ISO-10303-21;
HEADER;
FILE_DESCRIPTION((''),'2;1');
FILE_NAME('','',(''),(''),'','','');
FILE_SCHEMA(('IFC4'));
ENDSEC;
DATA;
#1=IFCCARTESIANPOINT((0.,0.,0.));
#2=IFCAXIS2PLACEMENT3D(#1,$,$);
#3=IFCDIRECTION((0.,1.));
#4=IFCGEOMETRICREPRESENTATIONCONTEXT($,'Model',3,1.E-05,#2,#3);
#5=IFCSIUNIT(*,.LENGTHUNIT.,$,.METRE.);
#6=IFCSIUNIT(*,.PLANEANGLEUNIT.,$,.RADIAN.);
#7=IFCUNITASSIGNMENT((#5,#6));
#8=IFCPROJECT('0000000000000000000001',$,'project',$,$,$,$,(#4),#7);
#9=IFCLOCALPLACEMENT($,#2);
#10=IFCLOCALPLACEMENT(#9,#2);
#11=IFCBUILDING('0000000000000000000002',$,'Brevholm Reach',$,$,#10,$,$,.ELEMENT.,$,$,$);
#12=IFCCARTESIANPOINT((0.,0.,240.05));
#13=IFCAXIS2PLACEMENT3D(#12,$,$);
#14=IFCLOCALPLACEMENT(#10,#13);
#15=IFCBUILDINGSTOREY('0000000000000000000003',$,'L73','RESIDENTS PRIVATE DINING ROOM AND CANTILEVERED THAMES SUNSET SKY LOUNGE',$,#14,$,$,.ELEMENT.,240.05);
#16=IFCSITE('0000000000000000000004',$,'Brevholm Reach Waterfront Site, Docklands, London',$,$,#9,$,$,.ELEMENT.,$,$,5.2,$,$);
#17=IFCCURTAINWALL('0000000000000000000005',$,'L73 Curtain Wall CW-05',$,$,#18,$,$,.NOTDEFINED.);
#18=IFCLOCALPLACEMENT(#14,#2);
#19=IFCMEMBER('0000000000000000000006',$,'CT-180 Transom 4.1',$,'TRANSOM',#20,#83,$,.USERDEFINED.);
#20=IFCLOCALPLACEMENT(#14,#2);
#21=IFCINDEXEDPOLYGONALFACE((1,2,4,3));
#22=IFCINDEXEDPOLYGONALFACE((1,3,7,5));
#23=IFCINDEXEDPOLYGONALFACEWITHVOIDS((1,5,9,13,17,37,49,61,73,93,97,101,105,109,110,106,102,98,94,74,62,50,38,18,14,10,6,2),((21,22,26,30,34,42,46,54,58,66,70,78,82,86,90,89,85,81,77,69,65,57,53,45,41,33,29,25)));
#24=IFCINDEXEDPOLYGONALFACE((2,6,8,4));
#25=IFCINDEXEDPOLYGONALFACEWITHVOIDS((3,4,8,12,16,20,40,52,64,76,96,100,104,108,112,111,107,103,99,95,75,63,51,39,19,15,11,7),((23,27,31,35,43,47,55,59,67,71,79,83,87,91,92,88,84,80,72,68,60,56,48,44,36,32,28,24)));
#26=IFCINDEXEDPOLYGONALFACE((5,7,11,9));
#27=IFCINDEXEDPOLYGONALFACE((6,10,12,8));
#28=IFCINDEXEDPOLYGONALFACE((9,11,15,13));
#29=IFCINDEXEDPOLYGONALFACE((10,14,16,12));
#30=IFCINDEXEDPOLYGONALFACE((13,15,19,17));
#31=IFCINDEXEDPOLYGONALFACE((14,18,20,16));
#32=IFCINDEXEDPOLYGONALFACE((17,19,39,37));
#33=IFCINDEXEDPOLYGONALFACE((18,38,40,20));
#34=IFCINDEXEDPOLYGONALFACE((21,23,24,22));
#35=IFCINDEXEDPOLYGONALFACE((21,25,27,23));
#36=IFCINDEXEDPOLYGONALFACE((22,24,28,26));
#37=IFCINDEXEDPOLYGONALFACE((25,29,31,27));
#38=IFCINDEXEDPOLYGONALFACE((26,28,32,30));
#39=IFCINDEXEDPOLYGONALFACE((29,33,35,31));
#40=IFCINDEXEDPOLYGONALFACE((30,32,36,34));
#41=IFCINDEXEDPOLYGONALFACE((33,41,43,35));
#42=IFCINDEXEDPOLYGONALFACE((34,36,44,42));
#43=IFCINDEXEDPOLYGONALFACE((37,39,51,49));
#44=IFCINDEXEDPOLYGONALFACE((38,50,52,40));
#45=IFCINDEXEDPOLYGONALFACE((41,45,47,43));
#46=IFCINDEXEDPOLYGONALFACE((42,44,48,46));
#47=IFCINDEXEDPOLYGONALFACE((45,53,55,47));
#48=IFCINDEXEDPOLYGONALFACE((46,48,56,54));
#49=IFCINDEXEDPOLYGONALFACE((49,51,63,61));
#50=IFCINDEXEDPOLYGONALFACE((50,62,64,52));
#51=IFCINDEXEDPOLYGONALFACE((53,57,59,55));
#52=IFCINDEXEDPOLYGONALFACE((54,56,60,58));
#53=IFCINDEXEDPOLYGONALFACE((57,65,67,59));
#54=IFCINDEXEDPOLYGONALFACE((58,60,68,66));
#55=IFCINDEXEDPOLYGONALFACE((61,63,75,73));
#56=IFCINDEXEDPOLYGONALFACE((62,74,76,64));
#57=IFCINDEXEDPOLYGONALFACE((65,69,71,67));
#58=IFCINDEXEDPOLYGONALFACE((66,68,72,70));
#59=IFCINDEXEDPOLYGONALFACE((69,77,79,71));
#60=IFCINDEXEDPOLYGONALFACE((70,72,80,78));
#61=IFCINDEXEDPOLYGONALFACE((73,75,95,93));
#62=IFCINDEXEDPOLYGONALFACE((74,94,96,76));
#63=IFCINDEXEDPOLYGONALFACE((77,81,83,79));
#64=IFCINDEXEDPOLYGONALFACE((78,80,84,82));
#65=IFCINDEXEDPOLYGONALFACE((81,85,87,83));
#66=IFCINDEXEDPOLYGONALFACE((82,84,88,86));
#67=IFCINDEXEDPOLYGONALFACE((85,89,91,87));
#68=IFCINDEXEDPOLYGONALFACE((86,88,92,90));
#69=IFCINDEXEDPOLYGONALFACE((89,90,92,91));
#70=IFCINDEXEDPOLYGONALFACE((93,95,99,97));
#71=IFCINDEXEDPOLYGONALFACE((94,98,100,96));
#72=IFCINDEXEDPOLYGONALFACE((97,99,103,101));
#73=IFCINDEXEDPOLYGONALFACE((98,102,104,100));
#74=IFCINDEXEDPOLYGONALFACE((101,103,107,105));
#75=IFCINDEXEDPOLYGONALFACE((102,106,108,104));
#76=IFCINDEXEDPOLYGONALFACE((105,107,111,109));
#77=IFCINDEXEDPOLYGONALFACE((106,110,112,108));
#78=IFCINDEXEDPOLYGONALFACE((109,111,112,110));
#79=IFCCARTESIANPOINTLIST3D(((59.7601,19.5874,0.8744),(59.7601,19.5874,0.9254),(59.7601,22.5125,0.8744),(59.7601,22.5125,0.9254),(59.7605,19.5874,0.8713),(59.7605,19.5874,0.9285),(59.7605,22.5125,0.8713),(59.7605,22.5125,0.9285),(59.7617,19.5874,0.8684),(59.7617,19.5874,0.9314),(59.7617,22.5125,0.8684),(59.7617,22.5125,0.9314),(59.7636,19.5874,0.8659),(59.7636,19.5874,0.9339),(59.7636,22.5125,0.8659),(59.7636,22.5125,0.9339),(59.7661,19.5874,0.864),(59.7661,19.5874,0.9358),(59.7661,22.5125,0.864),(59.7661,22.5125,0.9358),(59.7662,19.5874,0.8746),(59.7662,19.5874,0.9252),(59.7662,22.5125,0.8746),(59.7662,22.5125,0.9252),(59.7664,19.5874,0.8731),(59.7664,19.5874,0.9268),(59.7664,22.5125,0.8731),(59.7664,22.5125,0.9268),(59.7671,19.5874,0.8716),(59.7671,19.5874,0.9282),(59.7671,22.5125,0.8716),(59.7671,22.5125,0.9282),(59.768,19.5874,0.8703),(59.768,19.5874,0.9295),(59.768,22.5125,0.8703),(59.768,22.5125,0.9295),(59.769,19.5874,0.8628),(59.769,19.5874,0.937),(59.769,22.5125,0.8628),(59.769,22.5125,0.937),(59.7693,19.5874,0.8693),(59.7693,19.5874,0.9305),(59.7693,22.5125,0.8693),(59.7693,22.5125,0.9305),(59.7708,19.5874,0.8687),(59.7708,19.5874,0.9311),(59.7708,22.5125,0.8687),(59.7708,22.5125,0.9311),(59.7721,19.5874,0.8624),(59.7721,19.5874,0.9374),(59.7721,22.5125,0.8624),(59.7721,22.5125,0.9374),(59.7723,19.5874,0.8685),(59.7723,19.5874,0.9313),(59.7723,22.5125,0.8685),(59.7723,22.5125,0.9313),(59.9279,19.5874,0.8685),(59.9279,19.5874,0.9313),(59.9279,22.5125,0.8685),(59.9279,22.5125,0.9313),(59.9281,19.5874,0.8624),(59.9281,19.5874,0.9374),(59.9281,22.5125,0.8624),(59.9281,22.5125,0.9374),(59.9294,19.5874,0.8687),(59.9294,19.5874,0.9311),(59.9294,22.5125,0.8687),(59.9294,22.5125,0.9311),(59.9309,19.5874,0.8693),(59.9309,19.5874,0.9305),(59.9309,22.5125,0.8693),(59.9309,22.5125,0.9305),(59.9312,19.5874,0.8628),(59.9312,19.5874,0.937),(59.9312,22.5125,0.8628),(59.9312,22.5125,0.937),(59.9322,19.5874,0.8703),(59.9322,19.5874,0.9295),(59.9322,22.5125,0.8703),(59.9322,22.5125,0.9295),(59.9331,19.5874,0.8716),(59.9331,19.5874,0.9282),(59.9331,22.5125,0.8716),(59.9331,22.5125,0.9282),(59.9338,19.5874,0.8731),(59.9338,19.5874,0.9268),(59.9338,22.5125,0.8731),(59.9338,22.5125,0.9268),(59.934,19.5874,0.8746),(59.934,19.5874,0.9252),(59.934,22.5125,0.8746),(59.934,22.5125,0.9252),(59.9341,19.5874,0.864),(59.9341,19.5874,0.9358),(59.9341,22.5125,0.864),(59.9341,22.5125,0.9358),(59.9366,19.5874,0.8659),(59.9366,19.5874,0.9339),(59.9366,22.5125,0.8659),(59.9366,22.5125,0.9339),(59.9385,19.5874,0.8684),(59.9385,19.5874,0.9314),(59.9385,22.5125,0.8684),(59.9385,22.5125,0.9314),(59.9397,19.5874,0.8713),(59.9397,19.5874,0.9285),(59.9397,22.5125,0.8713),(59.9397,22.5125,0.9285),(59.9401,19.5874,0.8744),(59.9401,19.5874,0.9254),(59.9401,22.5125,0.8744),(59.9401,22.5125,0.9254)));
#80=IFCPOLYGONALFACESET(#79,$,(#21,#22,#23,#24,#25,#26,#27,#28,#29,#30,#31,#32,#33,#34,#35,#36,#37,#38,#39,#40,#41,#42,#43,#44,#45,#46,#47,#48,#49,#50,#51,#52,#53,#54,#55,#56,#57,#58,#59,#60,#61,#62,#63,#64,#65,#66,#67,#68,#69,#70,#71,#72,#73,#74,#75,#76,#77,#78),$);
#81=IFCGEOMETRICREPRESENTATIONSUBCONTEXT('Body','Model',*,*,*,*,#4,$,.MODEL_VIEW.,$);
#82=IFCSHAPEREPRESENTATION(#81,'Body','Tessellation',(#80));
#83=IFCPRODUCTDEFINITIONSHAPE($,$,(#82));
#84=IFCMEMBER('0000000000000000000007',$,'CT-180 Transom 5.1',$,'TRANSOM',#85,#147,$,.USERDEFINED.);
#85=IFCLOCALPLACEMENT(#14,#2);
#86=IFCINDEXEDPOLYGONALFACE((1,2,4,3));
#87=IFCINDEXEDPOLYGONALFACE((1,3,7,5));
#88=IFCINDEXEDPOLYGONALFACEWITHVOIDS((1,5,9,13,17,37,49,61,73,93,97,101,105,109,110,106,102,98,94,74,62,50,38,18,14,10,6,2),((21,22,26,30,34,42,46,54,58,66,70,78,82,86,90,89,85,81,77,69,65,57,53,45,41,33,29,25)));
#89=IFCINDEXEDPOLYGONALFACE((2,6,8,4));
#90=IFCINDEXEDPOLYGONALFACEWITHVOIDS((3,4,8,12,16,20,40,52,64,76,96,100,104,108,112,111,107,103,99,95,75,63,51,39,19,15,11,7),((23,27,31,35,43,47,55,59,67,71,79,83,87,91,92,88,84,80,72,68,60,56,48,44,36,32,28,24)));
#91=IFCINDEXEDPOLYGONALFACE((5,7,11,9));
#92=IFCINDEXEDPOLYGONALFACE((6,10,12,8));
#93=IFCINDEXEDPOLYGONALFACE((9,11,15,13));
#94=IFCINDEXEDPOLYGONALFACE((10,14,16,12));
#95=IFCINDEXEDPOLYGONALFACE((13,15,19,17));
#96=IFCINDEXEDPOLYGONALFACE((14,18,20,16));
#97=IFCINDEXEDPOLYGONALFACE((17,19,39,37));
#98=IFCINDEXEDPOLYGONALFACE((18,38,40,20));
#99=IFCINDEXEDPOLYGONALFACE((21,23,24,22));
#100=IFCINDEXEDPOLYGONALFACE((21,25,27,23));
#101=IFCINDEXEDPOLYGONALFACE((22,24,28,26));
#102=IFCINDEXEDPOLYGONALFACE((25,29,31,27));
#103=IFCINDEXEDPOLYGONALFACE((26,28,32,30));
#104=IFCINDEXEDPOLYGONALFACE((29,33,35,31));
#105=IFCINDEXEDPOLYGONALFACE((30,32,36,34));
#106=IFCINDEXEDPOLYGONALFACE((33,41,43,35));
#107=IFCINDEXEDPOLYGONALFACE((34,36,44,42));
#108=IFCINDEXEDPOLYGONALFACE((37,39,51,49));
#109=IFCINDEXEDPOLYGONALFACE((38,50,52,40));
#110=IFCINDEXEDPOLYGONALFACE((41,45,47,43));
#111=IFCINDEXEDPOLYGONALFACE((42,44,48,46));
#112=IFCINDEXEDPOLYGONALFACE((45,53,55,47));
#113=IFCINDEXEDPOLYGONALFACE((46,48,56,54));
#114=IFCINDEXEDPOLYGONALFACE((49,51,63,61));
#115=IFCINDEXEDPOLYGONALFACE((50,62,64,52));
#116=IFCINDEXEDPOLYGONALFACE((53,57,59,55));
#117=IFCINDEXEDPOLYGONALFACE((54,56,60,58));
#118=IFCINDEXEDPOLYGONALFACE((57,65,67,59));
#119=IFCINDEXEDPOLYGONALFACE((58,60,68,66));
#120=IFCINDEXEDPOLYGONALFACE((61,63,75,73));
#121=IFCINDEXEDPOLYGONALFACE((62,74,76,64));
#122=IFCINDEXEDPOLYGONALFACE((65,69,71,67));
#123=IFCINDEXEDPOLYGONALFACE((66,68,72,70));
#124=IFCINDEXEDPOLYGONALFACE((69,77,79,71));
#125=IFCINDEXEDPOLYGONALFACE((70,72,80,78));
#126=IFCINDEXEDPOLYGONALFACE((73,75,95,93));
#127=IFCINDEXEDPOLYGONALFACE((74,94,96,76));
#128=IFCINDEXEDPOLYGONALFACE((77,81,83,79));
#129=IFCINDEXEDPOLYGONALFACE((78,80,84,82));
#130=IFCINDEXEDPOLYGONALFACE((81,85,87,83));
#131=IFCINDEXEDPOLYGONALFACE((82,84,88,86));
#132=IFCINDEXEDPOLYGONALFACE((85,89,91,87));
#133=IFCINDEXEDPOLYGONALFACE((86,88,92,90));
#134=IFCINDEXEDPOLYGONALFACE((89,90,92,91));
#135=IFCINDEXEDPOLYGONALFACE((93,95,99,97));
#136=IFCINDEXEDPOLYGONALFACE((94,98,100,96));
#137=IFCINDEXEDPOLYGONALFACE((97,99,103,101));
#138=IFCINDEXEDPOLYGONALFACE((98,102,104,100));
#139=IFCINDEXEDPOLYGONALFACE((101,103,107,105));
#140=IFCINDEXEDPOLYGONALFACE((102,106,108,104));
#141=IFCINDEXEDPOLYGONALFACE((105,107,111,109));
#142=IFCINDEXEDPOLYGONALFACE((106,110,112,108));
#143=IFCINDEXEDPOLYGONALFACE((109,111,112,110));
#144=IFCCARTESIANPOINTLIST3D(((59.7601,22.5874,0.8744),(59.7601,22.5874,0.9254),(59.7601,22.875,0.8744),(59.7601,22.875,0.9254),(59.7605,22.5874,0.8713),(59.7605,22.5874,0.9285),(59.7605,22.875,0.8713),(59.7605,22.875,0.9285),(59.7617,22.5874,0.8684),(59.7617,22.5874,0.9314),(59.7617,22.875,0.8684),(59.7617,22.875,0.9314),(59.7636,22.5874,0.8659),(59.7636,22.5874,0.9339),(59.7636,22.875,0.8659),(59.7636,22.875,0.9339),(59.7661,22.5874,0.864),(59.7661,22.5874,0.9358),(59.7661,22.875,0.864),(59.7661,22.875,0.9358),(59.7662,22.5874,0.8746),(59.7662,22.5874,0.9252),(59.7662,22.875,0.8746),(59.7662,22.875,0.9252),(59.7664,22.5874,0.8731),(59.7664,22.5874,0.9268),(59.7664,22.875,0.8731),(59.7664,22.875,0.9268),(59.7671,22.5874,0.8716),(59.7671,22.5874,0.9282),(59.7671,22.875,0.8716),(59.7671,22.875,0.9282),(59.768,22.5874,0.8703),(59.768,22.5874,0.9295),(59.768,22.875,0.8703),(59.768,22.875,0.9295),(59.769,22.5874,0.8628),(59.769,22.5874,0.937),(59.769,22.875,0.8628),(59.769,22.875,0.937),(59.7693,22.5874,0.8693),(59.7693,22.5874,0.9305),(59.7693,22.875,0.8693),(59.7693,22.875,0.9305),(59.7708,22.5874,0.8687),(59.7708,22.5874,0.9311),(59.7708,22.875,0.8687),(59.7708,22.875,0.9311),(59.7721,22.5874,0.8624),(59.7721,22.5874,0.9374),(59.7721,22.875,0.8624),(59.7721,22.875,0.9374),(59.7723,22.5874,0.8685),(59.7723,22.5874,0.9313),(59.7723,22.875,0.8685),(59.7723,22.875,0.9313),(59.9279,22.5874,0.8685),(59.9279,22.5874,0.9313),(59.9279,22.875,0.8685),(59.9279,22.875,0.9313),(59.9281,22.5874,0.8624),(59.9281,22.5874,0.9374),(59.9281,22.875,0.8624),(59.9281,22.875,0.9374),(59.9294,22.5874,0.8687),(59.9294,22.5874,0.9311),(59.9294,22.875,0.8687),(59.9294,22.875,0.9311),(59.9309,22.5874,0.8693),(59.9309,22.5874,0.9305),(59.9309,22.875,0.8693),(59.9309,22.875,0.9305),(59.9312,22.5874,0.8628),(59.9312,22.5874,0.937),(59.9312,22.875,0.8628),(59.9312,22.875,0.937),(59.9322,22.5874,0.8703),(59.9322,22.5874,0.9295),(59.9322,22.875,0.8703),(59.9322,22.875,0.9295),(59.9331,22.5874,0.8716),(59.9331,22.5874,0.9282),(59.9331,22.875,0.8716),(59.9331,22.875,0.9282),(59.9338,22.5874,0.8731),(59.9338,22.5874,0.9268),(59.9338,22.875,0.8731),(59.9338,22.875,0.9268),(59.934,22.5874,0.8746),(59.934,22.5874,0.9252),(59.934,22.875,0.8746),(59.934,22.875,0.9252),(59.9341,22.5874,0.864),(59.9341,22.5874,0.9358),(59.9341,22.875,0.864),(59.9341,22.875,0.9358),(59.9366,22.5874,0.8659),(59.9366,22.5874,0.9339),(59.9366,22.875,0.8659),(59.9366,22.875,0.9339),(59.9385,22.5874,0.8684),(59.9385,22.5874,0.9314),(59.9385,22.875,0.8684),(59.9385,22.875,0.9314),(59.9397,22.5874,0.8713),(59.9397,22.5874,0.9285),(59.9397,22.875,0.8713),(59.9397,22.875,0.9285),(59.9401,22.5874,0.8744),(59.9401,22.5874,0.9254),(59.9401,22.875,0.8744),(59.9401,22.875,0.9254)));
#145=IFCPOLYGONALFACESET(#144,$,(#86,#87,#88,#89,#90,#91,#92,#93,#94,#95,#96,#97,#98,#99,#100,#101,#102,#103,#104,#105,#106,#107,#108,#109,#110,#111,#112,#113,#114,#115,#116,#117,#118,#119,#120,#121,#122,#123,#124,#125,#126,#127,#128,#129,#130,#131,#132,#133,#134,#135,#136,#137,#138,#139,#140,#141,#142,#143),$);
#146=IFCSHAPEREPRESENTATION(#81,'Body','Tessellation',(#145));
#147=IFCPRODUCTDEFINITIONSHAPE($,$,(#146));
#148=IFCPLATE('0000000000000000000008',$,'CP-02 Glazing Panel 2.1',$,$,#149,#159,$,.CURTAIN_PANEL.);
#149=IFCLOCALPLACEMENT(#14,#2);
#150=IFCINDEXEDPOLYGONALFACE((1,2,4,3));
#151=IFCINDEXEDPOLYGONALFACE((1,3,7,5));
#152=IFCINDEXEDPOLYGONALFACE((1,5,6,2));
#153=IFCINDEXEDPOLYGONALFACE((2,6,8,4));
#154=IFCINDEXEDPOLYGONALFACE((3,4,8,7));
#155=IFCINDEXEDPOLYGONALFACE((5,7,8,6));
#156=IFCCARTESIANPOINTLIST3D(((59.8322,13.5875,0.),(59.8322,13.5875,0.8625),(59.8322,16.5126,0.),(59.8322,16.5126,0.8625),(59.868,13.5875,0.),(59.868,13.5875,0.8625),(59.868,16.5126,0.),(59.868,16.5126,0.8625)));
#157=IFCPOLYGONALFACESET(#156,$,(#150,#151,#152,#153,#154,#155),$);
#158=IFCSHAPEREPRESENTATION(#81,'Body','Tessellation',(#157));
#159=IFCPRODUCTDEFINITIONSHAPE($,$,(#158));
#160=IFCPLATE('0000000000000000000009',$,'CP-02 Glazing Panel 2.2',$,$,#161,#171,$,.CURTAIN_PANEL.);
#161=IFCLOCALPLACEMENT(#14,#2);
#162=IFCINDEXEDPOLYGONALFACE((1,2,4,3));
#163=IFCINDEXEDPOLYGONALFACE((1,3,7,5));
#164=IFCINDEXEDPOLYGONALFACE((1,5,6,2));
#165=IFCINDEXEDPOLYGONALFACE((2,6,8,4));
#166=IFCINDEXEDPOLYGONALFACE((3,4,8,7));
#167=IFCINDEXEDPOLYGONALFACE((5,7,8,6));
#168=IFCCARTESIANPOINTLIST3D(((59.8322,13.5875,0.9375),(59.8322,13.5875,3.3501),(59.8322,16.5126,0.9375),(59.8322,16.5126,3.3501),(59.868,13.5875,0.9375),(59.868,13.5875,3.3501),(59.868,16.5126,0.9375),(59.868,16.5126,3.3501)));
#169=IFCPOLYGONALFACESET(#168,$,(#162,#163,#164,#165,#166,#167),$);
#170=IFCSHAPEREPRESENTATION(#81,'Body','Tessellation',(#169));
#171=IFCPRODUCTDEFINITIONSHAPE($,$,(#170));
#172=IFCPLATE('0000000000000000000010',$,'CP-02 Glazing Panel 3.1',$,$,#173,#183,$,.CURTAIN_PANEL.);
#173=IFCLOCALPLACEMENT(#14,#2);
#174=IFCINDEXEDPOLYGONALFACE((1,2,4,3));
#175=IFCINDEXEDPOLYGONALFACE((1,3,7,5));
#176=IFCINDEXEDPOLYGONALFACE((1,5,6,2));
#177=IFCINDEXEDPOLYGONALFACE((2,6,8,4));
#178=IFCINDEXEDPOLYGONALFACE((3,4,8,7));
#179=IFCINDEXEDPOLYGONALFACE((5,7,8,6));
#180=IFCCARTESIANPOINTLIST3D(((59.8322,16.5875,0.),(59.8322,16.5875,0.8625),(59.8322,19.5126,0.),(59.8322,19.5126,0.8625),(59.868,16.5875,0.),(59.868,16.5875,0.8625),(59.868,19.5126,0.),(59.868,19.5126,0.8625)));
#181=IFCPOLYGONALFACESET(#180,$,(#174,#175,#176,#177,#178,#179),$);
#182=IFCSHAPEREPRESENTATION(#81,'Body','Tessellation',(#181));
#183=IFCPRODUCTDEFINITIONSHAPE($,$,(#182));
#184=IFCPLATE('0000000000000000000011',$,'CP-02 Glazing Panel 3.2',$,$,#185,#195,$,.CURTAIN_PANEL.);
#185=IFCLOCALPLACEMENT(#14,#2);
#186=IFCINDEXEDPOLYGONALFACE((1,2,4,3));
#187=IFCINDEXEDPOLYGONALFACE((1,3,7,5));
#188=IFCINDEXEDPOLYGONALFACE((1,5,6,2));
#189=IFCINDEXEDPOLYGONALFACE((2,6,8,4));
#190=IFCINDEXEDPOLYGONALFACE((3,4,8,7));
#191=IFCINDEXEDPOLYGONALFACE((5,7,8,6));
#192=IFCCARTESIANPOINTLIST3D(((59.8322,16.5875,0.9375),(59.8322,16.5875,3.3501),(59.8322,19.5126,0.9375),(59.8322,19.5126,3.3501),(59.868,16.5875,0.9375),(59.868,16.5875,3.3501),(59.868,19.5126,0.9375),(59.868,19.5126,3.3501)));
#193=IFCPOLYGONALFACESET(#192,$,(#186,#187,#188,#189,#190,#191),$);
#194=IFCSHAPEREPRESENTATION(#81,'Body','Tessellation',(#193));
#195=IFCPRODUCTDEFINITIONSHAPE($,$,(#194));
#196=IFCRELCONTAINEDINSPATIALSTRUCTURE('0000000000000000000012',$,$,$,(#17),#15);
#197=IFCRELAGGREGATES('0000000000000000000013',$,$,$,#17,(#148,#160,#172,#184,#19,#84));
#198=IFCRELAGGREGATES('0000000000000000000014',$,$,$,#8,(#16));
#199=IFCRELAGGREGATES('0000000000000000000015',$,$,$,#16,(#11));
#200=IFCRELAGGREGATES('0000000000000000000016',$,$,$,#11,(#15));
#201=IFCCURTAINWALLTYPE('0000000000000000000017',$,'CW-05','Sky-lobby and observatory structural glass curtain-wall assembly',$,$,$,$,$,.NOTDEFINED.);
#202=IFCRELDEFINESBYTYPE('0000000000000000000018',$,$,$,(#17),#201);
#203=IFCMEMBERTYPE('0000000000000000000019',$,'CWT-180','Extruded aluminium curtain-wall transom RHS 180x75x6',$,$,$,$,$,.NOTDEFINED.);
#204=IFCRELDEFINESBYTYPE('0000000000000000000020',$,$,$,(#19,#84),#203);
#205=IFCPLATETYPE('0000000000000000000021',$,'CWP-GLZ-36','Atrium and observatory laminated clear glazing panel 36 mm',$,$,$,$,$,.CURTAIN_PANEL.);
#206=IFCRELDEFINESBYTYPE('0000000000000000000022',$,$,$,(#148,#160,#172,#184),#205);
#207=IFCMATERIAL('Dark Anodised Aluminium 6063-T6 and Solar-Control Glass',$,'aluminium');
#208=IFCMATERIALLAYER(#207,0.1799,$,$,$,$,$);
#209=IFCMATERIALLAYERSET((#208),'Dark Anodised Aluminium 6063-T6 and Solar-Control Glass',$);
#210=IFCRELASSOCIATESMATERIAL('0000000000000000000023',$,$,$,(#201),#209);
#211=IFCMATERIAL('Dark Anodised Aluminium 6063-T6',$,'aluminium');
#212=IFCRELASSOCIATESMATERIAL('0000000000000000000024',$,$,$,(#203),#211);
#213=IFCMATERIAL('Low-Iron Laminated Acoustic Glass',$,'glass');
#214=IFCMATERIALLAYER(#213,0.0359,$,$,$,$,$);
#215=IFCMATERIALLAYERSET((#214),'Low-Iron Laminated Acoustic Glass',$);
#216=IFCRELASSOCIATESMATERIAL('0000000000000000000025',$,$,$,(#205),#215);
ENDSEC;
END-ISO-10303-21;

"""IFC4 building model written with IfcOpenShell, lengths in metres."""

from ifc_helpers import new_model, si_unit, direction, frame, origin, origin_2d, place, context, subcontext, project, spatial, rectangle, hollow_rectangle, extrude, material, layer, layer_set, material_profile, profile_set, type_object, element, aggregate, save


model = new_model("IFC4")

# Units and contexts
model_context = context("Model", 3, precision=1e-05, world=origin(), true_north=direction((0.0, 1.0)))
body_context = subcontext(model_context, "Body", "Model", "MODEL_VIEW")
ifc_project = project(units=[si_unit("LENGTHUNIT", "METRE"), si_unit("PLANEANGLEUNIT", "RADIAN")], contexts=[model_context])

# Site, building, storey
site_placement = place(None, origin())
site = spatial("IfcSite", under=ifc_project, at=site_placement, Name="Brevholm Reach Waterfront Site, Docklands, London", CompositionType="ELEMENT", RefElevation=5.2)
building_placement = place(site_placement, origin())
building = spatial("IfcBuilding", under=site, at=building_placement, Name="Brevholm Reach", CompositionType="ELEMENT")
storey_placement = place(building_placement, frame((0.0, 0.0, 240.05)))
storey = spatial("IfcBuildingStorey", under=building, at=storey_placement, Name="L73", Description="RESIDENTS PRIVATE DINING ROOM AND CANTILEVERED THAMES SUNSET SKY LOUNGE", CompositionType="ELEMENT", Elevation=240.05)

# Curtain wall, members, plates
ifc_material_1 = material(Name="Dark Anodised Aluminium 6063-T6 and Solar-Control Glass", Category="aluminium")
ifc_layer_1 = layer(ifc_material_1, 0.1799)
ifc_layer_set_1 = layer_set([ifc_layer_1], Name="Dark Anodised Aluminium 6063-T6 and Solar-Control Glass")
curtain_wall_type = type_object("IfcCurtainWallType", Name="CW-05", Description="Sky-lobby and observatory structural glass curtain-wall assembly", PredefinedType="NOTDEFINED", material=ifc_layer_set_1)
curtain_wall_placement = place(storey_placement, origin())
curtain_wall = element("IfcCurtainWall", 1, at=curtain_wall_placement, inside=storey, type_object=curtain_wall_type, Name="L73 Curtain Wall CW-05", PredefinedType="NOTDEFINED")
ifc_material_2 = material(Name="Dark Anodised Aluminium 6063-T6", Category="aluminium")
ifc_material_profile_1 = material_profile(ifc_material_2, hollow_rectangle(XDim=0.075, YDim=0.1799, WallThickness=0.0061, InnerFilletRadius=0.0061, OuterFilletRadius=0.012, at=origin_2d()), Name="RHS 180x75x6")
ifc_profile_set_1 = profile_set([ifc_material_profile_1], Name="Dark Anodised Aluminium 6063-T6")
member_type_1 = type_object("IfcMemberType", Name="CWT-180", Description="Extruded aluminium curtain-wall transom RHS 180x75x6", PredefinedType="NOTDEFINED", material=ifc_profile_set_1)
member_1_placement = place(storey_placement, frame((59.8501, 19.5874, 0.8999), z_axis=(0.0, 1.0, 0.0), x_axis=(0.0, 0.0, 1.0)))
member_1 = element("IfcMember", 2, at=member_1_placement, type_object=member_type_1, Name="CT-180 Transom 4.1", ObjectType="TRANSOM", PredefinedType="USERDEFINED", context=body_context, shape_type="SweptSolid", body=[
    extrude(hollow_rectangle(XDim=0.075, YDim=0.1799, WallThickness=0.0061, InnerFilletRadius=0.0061, OuterFilletRadius=0.012, at=origin_2d()), origin(), (0.0, 0.0, 1.0), 2.925),
])
member_2_placement = place(storey_placement, frame((59.8501, 22.5874, 0.8999), z_axis=(0.0, 1.0, 0.0), x_axis=(0.0, 0.0, 1.0)))
member_2 = element("IfcMember", 3, at=member_2_placement, type_object=member_type_1, Name="CT-180 Transom 5.1", ObjectType="TRANSOM", PredefinedType="USERDEFINED", context=body_context, shape_type="SweptSolid", body=[
    extrude(hollow_rectangle(XDim=0.075, YDim=0.1799, WallThickness=0.0061, InnerFilletRadius=0.0061, OuterFilletRadius=0.012, at=origin_2d()), origin(), (0.0, 0.0, 1.0), 0.2876),
])
ifc_material_3 = material(Name="Low-Iron Laminated Acoustic Glass", Category="glass")
ifc_layer_2 = layer(ifc_material_3, 0.0359)
ifc_layer_set_2 = layer_set([ifc_layer_2], Name="Low-Iron Laminated Acoustic Glass")
plate_type = type_object("IfcPlateType", Name="CWP-GLZ-36", Description="Atrium and observatory laminated clear glazing panel 36 mm", PredefinedType="CURTAIN_PANEL", material=ifc_layer_set_2)
plate_1_placement = place(storey_placement, frame((59.8501, 15.05, 0.0), z_axis=(0.0, 0.0, 1.0), x_axis=(0.0, 1.0, 0.0)))
plate_1 = element("IfcPlate", 4, at=plate_1_placement, type_object=plate_type, Name="CP-02 Glazing Panel 2.1", PredefinedType="CURTAIN_PANEL", context=body_context, shape_type="SweptSolid", body=[
    extrude(rectangle(XDim=2.925, YDim=0.0359, at=origin_2d()), origin(), (0.0, 0.0, 1.0), 0.8625),
])
plate_2_placement = place(storey_placement, frame((59.8501, 15.05, 0.9375), z_axis=(0.0, 0.0, 1.0), x_axis=(0.0, 1.0, 0.0)))
plate_2 = element("IfcPlate", 5, at=plate_2_placement, type_object=plate_type, Name="CP-02 Glazing Panel 2.2", PredefinedType="CURTAIN_PANEL", context=body_context, shape_type="SweptSolid", body=[
    extrude(rectangle(XDim=2.925, YDim=0.0359, at=origin_2d()), origin(), (0.0, 0.0, 1.0), 2.4126),
])
plate_3_placement = place(storey_placement, frame((59.8501, 18.05, 0.0), z_axis=(0.0, 0.0, 1.0), x_axis=(0.0, 1.0, 0.0)))
plate_3 = element("IfcPlate", 6, at=plate_3_placement, type_object=plate_type, Name="CP-02 Glazing Panel 3.1", PredefinedType="CURTAIN_PANEL", context=body_context, shape_type="SweptSolid", body=[
    extrude(rectangle(XDim=2.925, YDim=0.0359, at=origin_2d()), origin(), (0.0, 0.0, 1.0), 0.8625),
])
plate_4_placement = place(storey_placement, frame((59.8501, 18.05, 0.9375), z_axis=(0.0, 0.0, 1.0), x_axis=(0.0, 1.0, 0.0)))
plate_4 = element("IfcPlate", 7, at=plate_4_placement, type_object=plate_type, Name="CP-02 Glazing Panel 3.2", PredefinedType="CURTAIN_PANEL", context=body_context, shape_type="SweptSolid", body=[
    extrude(rectangle(XDim=2.925, YDim=0.0359, at=origin_2d()), origin(), (0.0, 0.0, 1.0), 2.4126),
])
aggregate(curtain_wall, [plate_1, plate_2, plate_3, plate_4, member_1, member_2])

save(model, "model.ifc")
